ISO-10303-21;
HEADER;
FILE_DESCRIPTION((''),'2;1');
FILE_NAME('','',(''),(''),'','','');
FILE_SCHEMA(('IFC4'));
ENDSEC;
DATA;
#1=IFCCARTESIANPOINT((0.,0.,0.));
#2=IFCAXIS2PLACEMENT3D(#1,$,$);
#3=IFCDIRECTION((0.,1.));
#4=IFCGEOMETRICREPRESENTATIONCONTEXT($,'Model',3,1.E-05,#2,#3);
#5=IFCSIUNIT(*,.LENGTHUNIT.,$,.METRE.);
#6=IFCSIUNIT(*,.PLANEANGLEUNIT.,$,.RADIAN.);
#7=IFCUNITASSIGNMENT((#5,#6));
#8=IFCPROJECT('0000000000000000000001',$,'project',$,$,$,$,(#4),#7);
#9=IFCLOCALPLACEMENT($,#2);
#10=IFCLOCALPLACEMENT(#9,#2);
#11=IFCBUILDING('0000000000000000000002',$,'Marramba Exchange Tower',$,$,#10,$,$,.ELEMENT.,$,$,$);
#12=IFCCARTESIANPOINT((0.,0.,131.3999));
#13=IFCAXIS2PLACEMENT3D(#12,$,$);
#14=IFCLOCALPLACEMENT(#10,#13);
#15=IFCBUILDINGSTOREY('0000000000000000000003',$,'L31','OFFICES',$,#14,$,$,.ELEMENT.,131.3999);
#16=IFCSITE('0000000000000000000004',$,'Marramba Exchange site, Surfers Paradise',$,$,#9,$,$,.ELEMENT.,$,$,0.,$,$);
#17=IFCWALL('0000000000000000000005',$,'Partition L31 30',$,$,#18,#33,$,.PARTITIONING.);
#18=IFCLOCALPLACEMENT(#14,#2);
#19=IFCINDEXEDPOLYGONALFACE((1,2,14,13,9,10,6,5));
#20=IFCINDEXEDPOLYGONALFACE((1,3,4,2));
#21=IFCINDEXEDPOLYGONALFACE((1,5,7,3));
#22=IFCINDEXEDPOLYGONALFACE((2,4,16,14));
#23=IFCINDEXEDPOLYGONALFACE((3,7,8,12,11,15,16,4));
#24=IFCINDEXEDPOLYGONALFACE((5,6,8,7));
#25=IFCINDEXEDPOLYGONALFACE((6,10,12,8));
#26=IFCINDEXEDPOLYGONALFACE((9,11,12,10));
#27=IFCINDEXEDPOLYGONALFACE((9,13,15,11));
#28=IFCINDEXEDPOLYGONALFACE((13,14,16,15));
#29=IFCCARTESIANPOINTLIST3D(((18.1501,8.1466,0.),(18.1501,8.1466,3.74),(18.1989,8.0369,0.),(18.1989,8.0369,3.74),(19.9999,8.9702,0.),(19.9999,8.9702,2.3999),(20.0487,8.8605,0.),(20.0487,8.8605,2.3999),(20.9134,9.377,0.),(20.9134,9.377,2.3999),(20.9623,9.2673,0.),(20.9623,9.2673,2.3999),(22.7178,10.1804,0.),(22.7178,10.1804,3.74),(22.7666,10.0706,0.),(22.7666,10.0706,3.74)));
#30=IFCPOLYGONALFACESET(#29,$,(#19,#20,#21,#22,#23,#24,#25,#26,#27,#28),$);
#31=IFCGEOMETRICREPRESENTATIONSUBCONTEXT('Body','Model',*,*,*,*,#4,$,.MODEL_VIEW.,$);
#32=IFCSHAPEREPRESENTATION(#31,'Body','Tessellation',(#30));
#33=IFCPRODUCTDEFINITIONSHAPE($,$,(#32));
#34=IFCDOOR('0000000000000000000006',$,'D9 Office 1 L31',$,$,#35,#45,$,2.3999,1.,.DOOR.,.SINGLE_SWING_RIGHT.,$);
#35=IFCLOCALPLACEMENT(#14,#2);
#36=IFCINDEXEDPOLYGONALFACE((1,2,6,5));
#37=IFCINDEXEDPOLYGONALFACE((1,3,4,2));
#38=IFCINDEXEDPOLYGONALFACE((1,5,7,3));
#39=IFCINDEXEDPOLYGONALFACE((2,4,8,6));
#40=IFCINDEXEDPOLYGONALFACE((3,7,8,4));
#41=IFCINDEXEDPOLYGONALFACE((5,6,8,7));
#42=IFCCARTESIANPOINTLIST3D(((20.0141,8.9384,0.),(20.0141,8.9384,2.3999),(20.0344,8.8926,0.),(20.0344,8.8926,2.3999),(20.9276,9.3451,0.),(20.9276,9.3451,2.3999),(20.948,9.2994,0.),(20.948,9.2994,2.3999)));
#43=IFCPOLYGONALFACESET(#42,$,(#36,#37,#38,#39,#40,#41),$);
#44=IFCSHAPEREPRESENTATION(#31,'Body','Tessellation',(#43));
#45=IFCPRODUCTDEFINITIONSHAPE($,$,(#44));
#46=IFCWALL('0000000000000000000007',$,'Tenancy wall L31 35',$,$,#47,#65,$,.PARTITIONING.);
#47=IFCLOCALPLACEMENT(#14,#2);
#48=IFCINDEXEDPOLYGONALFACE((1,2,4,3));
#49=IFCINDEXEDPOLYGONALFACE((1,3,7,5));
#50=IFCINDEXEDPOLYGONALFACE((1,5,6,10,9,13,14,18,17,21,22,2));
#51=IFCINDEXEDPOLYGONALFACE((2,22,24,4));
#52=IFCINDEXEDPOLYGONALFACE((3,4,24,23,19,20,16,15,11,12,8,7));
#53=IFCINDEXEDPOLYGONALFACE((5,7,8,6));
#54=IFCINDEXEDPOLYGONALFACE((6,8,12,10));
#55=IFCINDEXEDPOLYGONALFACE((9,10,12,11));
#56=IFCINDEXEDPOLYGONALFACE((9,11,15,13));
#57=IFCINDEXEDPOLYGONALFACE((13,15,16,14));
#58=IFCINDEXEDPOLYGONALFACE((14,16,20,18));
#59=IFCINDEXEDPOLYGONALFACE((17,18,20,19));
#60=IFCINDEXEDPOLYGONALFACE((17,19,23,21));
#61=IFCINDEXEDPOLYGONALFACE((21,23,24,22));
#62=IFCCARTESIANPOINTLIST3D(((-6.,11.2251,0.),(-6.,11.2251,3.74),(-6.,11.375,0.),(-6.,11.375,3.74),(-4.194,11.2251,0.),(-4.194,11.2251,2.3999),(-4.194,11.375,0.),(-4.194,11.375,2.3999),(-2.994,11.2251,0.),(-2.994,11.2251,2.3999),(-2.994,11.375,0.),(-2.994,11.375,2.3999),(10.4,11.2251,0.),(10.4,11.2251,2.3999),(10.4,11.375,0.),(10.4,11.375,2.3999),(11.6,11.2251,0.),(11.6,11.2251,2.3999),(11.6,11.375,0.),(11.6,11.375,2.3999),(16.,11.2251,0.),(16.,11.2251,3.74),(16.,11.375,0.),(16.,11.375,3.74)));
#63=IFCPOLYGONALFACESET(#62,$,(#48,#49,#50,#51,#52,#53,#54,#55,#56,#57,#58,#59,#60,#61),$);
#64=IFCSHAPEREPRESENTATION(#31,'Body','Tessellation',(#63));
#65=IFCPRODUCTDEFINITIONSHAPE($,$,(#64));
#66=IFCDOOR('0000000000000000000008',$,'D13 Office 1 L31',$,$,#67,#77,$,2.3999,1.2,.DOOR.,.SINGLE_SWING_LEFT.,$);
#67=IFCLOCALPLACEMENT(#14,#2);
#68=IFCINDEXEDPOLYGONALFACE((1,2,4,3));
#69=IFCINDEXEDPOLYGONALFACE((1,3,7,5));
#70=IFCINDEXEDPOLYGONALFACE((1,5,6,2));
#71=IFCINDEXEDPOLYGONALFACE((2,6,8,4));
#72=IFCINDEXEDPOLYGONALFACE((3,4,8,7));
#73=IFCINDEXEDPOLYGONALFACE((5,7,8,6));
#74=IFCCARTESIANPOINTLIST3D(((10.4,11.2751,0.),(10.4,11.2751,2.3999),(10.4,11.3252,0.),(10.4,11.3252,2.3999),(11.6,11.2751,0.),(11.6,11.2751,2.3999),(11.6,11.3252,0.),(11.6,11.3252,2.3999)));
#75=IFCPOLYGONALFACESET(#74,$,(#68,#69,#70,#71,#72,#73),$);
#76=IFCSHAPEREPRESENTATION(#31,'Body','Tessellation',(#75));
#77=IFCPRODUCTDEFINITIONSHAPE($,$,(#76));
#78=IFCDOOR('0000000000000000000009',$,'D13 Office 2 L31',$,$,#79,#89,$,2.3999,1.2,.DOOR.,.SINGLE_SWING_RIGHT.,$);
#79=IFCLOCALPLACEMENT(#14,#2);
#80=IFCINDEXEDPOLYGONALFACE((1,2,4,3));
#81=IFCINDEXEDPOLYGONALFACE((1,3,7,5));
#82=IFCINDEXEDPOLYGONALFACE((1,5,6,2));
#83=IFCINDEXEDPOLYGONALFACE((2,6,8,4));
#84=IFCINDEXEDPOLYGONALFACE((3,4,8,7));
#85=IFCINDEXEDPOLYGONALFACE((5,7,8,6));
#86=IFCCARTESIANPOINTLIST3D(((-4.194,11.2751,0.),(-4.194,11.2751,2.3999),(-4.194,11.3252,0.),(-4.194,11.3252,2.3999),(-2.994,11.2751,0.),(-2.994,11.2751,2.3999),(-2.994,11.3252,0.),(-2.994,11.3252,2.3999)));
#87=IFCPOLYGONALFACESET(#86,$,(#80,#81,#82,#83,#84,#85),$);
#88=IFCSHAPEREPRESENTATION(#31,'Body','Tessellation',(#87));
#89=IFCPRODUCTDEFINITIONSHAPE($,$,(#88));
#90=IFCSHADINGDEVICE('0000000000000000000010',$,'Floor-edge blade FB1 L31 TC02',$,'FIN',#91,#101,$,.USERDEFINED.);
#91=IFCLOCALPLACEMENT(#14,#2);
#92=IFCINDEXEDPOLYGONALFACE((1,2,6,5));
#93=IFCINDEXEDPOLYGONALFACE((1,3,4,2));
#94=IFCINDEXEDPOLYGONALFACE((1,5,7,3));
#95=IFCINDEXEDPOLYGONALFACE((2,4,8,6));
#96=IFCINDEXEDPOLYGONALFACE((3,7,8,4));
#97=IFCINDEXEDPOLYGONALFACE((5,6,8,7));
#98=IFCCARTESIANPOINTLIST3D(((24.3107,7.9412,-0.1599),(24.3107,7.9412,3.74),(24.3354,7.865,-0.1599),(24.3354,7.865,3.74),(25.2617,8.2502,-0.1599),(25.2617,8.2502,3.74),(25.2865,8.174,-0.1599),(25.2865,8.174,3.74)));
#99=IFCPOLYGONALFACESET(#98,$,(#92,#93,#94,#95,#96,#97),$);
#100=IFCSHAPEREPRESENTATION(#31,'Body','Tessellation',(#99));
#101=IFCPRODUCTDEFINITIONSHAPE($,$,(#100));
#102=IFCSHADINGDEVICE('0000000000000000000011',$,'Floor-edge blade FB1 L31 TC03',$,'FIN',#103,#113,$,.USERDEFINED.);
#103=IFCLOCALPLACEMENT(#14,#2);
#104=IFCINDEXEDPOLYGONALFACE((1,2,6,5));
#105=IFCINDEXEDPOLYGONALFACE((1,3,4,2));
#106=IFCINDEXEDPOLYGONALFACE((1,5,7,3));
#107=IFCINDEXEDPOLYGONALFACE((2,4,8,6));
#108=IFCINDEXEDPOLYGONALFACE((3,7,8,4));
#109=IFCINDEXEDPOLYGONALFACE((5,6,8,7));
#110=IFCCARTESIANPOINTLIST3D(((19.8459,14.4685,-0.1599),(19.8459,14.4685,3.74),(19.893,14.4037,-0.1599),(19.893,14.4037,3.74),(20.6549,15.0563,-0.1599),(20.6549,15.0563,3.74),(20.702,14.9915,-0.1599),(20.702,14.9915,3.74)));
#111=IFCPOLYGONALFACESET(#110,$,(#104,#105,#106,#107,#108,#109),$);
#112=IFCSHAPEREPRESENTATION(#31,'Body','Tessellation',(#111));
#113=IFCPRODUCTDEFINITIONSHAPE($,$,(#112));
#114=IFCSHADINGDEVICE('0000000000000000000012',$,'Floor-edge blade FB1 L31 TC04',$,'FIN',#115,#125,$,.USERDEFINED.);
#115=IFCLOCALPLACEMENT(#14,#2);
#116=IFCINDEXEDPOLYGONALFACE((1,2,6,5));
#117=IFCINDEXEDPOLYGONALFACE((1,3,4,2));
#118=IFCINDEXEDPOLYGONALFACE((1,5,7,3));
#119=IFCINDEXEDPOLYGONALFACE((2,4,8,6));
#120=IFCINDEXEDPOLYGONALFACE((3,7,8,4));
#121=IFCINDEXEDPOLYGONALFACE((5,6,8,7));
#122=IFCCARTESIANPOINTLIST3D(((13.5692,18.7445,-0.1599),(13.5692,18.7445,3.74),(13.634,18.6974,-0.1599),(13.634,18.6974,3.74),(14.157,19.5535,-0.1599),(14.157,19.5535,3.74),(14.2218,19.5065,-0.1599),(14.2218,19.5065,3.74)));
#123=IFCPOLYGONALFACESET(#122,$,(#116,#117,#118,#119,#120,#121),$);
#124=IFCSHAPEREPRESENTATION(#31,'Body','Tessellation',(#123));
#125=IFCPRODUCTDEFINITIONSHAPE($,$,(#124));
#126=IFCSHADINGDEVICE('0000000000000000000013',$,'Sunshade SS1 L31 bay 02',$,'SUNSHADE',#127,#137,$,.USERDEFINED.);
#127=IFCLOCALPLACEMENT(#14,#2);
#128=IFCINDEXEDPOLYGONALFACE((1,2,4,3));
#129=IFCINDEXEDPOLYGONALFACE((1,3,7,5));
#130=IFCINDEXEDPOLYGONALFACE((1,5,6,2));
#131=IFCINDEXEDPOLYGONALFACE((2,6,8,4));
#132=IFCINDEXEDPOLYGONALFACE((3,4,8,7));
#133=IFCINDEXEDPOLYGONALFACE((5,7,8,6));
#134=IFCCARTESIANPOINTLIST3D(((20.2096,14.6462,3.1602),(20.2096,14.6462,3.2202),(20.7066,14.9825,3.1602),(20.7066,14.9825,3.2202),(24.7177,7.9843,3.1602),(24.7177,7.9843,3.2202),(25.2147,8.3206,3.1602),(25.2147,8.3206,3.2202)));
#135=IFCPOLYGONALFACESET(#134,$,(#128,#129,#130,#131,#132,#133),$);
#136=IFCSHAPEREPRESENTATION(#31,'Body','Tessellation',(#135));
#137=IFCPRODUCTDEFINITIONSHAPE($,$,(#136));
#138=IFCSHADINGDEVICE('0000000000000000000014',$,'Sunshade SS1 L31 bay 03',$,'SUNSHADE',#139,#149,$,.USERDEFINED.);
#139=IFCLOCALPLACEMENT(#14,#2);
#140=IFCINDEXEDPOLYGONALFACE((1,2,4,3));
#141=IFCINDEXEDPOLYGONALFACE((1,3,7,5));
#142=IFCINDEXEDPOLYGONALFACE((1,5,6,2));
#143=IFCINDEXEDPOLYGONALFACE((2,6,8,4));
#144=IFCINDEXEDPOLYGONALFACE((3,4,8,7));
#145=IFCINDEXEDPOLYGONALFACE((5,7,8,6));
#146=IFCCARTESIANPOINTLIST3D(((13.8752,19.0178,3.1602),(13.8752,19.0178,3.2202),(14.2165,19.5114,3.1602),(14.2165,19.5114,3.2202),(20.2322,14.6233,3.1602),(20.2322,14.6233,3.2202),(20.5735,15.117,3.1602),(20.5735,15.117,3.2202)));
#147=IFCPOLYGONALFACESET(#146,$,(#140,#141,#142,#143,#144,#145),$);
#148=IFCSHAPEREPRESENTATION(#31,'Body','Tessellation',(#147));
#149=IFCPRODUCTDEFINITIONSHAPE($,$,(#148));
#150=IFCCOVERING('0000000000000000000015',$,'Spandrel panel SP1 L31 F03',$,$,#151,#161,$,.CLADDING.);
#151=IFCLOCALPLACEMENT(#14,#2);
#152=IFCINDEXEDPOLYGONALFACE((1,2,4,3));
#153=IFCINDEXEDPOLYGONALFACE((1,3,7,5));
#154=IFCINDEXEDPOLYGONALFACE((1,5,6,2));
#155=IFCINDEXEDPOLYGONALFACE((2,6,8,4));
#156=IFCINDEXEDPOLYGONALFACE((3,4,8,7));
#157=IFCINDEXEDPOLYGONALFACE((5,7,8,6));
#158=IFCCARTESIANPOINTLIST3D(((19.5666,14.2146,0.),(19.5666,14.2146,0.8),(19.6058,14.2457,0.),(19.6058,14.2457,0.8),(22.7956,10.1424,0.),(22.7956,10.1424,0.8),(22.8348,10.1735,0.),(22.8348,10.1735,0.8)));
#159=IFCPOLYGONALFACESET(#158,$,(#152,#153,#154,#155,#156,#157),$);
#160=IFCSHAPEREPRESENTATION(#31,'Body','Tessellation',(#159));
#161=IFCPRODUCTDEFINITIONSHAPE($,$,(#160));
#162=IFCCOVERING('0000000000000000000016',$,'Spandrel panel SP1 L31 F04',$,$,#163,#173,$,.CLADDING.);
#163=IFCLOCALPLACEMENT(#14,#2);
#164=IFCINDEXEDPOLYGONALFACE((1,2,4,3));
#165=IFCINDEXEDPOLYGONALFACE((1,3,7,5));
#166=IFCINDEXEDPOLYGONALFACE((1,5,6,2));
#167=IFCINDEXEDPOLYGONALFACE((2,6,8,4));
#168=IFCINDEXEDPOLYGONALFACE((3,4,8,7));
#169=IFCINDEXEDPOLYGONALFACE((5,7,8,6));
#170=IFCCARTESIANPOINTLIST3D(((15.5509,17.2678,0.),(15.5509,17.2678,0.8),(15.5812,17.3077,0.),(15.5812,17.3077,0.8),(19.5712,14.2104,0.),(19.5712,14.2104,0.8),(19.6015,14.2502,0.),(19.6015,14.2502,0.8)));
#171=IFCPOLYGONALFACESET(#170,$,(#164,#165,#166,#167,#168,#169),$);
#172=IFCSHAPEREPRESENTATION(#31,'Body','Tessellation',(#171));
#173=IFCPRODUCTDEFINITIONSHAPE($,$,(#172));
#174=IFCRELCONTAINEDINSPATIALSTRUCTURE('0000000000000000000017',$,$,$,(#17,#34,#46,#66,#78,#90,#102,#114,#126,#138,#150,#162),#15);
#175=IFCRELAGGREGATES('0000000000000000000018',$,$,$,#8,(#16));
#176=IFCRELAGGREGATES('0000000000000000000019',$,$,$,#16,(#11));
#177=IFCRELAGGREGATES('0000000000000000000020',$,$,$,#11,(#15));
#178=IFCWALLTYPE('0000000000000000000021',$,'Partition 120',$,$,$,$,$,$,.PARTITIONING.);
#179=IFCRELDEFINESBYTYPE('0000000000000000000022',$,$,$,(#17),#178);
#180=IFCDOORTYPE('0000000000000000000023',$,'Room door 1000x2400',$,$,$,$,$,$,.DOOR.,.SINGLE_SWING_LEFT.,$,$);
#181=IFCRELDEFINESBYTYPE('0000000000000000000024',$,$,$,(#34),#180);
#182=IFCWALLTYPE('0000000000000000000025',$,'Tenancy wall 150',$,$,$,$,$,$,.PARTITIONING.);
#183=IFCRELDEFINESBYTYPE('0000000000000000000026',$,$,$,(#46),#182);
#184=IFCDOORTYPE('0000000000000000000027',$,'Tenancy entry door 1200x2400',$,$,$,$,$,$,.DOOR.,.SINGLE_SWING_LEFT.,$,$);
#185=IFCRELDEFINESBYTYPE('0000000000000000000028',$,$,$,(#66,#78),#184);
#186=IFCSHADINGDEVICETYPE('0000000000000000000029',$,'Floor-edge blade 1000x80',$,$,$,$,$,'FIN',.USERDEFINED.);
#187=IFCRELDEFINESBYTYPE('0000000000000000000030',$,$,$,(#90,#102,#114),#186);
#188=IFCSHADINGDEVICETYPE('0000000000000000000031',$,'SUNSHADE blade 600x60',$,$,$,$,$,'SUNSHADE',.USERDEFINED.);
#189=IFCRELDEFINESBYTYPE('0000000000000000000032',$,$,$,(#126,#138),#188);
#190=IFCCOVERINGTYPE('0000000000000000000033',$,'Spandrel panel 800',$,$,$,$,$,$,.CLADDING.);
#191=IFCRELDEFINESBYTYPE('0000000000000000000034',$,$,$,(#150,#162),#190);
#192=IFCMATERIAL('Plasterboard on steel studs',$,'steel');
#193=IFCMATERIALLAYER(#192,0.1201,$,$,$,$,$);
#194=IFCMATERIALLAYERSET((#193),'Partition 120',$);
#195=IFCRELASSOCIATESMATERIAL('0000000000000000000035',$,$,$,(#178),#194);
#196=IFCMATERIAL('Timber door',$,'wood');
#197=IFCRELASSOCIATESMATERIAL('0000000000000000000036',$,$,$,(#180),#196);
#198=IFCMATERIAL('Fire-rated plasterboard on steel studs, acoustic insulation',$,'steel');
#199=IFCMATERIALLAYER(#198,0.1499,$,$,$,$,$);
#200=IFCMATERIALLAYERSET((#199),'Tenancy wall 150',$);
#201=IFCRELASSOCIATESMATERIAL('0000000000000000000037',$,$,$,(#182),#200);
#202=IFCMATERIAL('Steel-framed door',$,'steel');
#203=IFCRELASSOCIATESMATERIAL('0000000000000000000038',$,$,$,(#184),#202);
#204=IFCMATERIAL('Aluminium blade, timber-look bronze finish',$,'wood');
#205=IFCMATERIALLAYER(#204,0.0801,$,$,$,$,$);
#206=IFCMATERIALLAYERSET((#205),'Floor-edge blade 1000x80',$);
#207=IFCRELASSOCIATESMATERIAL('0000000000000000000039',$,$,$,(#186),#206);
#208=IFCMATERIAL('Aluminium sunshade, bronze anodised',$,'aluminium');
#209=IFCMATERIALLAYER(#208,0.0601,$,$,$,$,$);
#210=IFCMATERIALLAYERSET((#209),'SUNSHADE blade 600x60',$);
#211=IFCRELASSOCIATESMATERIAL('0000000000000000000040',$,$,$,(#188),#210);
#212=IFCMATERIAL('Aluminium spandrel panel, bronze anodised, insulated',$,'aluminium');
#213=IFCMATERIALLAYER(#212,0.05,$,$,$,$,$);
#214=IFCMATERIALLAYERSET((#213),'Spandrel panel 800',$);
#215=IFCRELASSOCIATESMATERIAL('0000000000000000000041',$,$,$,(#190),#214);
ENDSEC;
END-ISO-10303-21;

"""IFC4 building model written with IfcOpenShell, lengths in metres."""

from ifc_helpers import new_model, si_unit, direction, frame, frame_2d, origin, origin_2d, place, context, subcontext, project, spatial, rectangle, extrude, material, layer, layer_set, type_object, element, fill, save


model = new_model("IFC4")

# Units and contexts
model_context = context("Model", 3, precision=1e-05, world=origin(), true_north=direction((0.0, 1.0)))
body_context = subcontext(model_context, "Body", "Model", "MODEL_VIEW")
ifc_project = project(units=[si_unit("LENGTHUNIT", "METRE"), si_unit("PLANEANGLEUNIT", "RADIAN")], contexts=[model_context])

# Site, building, storey
site_placement = place(None, origin())
site = spatial("IfcSite", under=ifc_project, at=site_placement, Name="Marramba Exchange site, Surfers Paradise", CompositionType="ELEMENT", RefElevation=0.0)
building_placement = place(site_placement, origin())
building = spatial("IfcBuilding", under=site, at=building_placement, Name="Marramba Exchange Tower", CompositionType="ELEMENT")
storey_placement = place(building_placement, frame((0.0, 0.0, 131.3999)))
storey = spatial("IfcBuildingStorey", under=building, at=storey_placement, Name="L31", Description="OFFICES", CompositionType="ELEMENT", Elevation=131.3999)

# Shared definitions
ifc_material_1 = material(Name="Plasterboard on steel studs", Category="steel")
ifc_layer_1 = layer(ifc_material_1, 0.1201)
ifc_layer_set_1 = layer_set([ifc_layer_1], Name="Partition 120")
wall_type_1 = type_object("IfcWallType", Name="Partition 120", PredefinedType="PARTITIONING", material=ifc_layer_set_1)

# Wall, opening, door
wall_1_placement = place(storey_placement, frame((22.7422, 10.1255, 0.0), z_axis=(0.0, 0.0, 1.0), x_axis=(-0.913542, -0.406745, 0.0)))
wall_1 = element("IfcWall", 1, at=wall_1_placement, inside=storey, type_object=wall_type_1, Name="Partition L31 30", PredefinedType="PARTITIONING", context=body_context, shape_type="SweptSolid", body=[
    extrude(rectangle(XDim=5.0, YDim=0.1201, at=frame_2d((2.5, 0.0))), origin(), (0.0, 0.0, 1.0), 3.74),
])
opening_1_placement = place(wall_1_placement, frame((1.9751, 0.0, 0.0)))
opening_1 = element("IfcOpeningElement", 2, at=opening_1_placement, cuts=wall_1, PredefinedType="OPENING", context=body_context, shape_type="SweptSolid", body=[
    extrude(rectangle(XDim=1.0, YDim=2.3999, at=frame_2d((0.5, 1.2))), frame((0.0, 0.0701, 0.0), z_axis=(0.0, -1.0, 0.0), x_axis=(1.0, 0.0, 0.0)), (0.0, 0.0, 1.0), 0.1401),
])
ifc_material_2 = material(Name="Timber door", Category="wood")
door_type_1 = type_object("IfcDoorType", Name="Room door 1000x2400", OperationType="SINGLE_SWING_LEFT", PredefinedType="DOOR", material=ifc_material_2)
door_1_placement = place(opening_1_placement, origin())
door_1 = element("IfcDoor", 3, at=door_1_placement, inside=storey, type_object=door_type_1, Name="D9 Office 1 L31", OperationType="SINGLE_SWING_RIGHT", OverallHeight=2.3999, OverallWidth=1.0, PredefinedType="DOOR", context=body_context, shape_type="SweptSolid", body=[
    extrude(rectangle(XDim=1.0, YDim=2.3999, at=frame_2d((0.5, 1.2))), frame((0.0, 0.0249, 0.0), z_axis=(0.0, -1.0, 0.0), x_axis=(1.0, 0.0, 0.0)), (0.0, 0.0, 1.0), 0.05),
])
fill(opening_1, door_1)

# Wall, openings, doors
ifc_material_3 = material(Name="Fire-rated plasterboard on steel studs, acoustic insulation", Category="steel")
ifc_layer_2 = layer(ifc_material_3, 0.1499)
ifc_layer_set_2 = layer_set([ifc_layer_2], Name="Tenancy wall 150")
wall_type_2 = type_object("IfcWallType", Name="Tenancy wall 150", PredefinedType="PARTITIONING", material=ifc_layer_set_2)
wall_2_placement = place(storey_placement, frame((16.0, 11.3, 0.0), z_axis=(0.0, 0.0, 1.0), x_axis=(-1.0, 0.0, 0.0)))
wall_2 = element("IfcWall", 4, at=wall_2_placement, inside=storey, type_object=wall_type_2, Name="Tenancy wall L31 35", PredefinedType="PARTITIONING", context=body_context, shape_type="SweptSolid", body=[
    extrude(rectangle(XDim=22.0, YDim=0.1499, at=frame_2d((11.0, 0.0))), origin(), (0.0, 0.0, 1.0), 3.74),
])
opening_2_placement = place(wall_2_placement, frame((4.3999, 0.0, 0.0)))
opening_2 = element("IfcOpeningElement", 5, at=opening_2_placement, cuts=wall_2, PredefinedType="OPENING", context=body_context, shape_type="SweptSolid", body=[
    extrude(rectangle(XDim=1.2, YDim=2.3999, at=frame_2d((0.6001, 1.2))), frame((0.0, 0.085, 0.0), z_axis=(0.0, -1.0, 0.0), x_axis=(1.0, 0.0, 0.0)), (0.0, 0.0, 1.0), 0.1699),
])
opening_3_placement = place(wall_2_placement, frame((18.9939, 0.0, 0.0)))
opening_3 = element("IfcOpeningElement", 6, at=opening_3_placement, cuts=wall_2, PredefinedType="OPENING", context=body_context, shape_type="SweptSolid", body=[
    extrude(rectangle(XDim=1.2, YDim=2.3999, at=frame_2d((0.6001, 1.2))), frame((0.0, 0.085, 0.0), z_axis=(0.0, -1.0, 0.0), x_axis=(1.0, 0.0, 0.0)), (0.0, 0.0, 1.0), 0.1699),
])
ifc_material_4 = material(Name="Steel-framed door", Category="steel")
door_type_2 = type_object("IfcDoorType", Name="Tenancy entry door 1200x2400", OperationType="SINGLE_SWING_LEFT", PredefinedType="DOOR", material=ifc_material_4)
door_2_placement = place(opening_2_placement, origin())
door_2 = element("IfcDoor", 7, at=door_2_placement, inside=storey, type_object=door_type_2, Name="D13 Office 1 L31", OperationType="SINGLE_SWING_LEFT", OverallHeight=2.3999, OverallWidth=1.2, PredefinedType="DOOR", context=body_context, shape_type="SweptSolid", body=[
    extrude(rectangle(XDim=1.2, YDim=2.3999, at=frame_2d((0.6001, 1.2))), frame((0.0, 0.0249, 0.0), z_axis=(0.0, -1.0, 0.0), x_axis=(1.0, 0.0, 0.0)), (0.0, 0.0, 1.0), 0.05),
])
fill(opening_2, door_2)
door_3_placement = place(opening_3_placement, origin())
door_3 = element("IfcDoor", 8, at=door_3_placement, inside=storey, type_object=door_type_2, Name="D13 Office 2 L31", OperationType="SINGLE_SWING_RIGHT", OverallHeight=2.3999, OverallWidth=1.2, PredefinedType="DOOR", context=body_context, shape_type="SweptSolid", body=[
    extrude(rectangle(XDim=1.2, YDim=2.3999, at=frame_2d((0.6001, 1.2))), frame((0.0, 0.0249, 0.0), z_axis=(0.0, -1.0, 0.0), x_axis=(1.0, 0.0, 0.0)), (0.0, 0.0, 1.0), 0.05),
])
fill(opening_3, door_3)

# Shading devices
ifc_material_5 = material(Name="Aluminium blade, timber-look bronze finish", Category="wood")
ifc_layer_3 = layer(ifc_material_5, 0.0801)
ifc_layer_set_3 = layer_set([ifc_layer_3], Name="Floor-edge blade 1000x80")
shading_device_type_1 = type_object("IfcShadingDeviceType", Name="Floor-edge blade 1000x80", ElementType="FIN", PredefinedType="USERDEFINED", material=ifc_layer_set_3)
for number, where, z_axis, x_axis, name in (
    (9, (24.7986, 8.0576, -0.1599), (0.0, 0.0, 1.0), (0.951057, 0.309017, 0.0), "Floor-edge blade FB1 L31 TC02"),
    (10, (20.2739, 14.73, -0.1599), (0.0, 0.0, 1.0), (0.809017, 0.587785, 0.0), "Floor-edge blade FB1 L31 TC03"),
    (11, (13.8955, 19.1255, -0.1599), (0.0, 0.0, 1.0), (0.587785, 0.809017, 0.0), "Floor-edge blade FB1 L31 TC04"),
):
    element("IfcShadingDevice", number, at=place(storey_placement, frame(where, z_axis=z_axis, x_axis=x_axis)), inside=storey, type_object=shading_device_type_1, Name=name, ObjectType="FIN", PredefinedType="USERDEFINED", context=body_context, shape_type="SweptSolid", body=[
        extrude(rectangle(XDim=1.0, YDim=0.0801, at=origin_2d()), origin(), (0.0, 0.0, 1.0), 3.8999),
    ])
ifc_material_6 = material(Name="Aluminium sunshade, bronze anodised", Category="aluminium")
ifc_layer_4 = layer(ifc_material_6, 0.0601)
ifc_layer_set_4 = layer_set([ifc_layer_4], Name="SUNSHADE blade 600x60")
shading_device_type_2 = type_object("IfcShadingDeviceType", Name="SUNSHADE blade 600x60", ElementType="SUNSHADE", PredefinedType="USERDEFINED", material=ifc_layer_set_4)
shading_device_1_placement = place(storey_placement, frame((22.7122, 11.4834, 3.1602), z_axis=(0.0, 0.0, 1.0), x_axis=(-0.560442, 0.828194, 0.0)))
element("IfcShadingDevice", 12, at=shading_device_1_placement, inside=storey, type_object=shading_device_type_2, Name="Sunshade SS1 L31 bay 02", ObjectType="SUNSHADE", PredefinedType="USERDEFINED", context=body_context, shape_type="SweptSolid", body=[
    extrude(rectangle(XDim=8.0439, YDim=0.6001, at=origin_2d()), origin(), (0.0, 0.0, 1.0), 0.0601),
])
shading_device_2_placement = place(storey_placement, frame((17.2244, 17.0674, 3.1602), z_axis=(0.0, 0.0, 1.0), x_axis=(-0.82259, 0.568636, 0.0)))
element("IfcShadingDevice", 13, at=shading_device_2_placement, inside=storey, type_object=shading_device_type_2, Name="Sunshade SS1 L31 bay 03", ObjectType="SUNSHADE", PredefinedType="USERDEFINED", context=body_context, shape_type="SweptSolid", body=[
    extrude(rectangle(XDim=7.728, YDim=0.6001, at=origin_2d()), origin(), (0.0, 0.0, 1.0), 0.0601),
])

# Coverings
ifc_material_7 = material(Name="Aluminium spandrel panel, bronze anodised, insulated", Category="aluminium")
ifc_layer_5 = layer(ifc_material_7, 0.05)
ifc_layer_set_5 = layer_set([ifc_layer_5], Name="Spandrel panel 800")
covering_type = type_object("IfcCoveringType", Name="Spandrel panel 800", PredefinedType="CLADDING", material=ifc_layer_set_5)
covering_1_placement = place(storey_placement, frame((21.2007, 12.1941, 0.0), z_axis=(0.0, 0.0, 1.0), x_axis=(-0.621312, 0.783563, 0.0)))
element("IfcCovering", 14, at=covering_1_placement, inside=storey, type_object=covering_type, Name="Spandrel panel SP1 L31 F03", PredefinedType="CLADDING", context=body_context, shape_type="SweptSolid", body=[
    extrude(rectangle(XDim=5.197, YDim=0.05, at=origin_2d()), origin(), (0.0, 0.0, 1.0), 0.8),
])
covering_2_placement = place(storey_placement, frame((17.5762, 15.759, 0.0), z_axis=(0.0, 0.0, 1.0), x_axis=(-0.795972, 0.605334, 0.0)))
element("IfcCovering", 15, at=covering_2_placement, inside=storey, type_object=covering_type, Name="Spandrel panel SP1 L31 F04", PredefinedType="CLADDING", context=body_context, shape_type="SweptSolid", body=[
    extrude(rectangle(XDim=5.0508, YDim=0.05, at=origin_2d()), origin(), (0.0, 0.0, 1.0), 0.8),
])

save(model, "model.ifc")
